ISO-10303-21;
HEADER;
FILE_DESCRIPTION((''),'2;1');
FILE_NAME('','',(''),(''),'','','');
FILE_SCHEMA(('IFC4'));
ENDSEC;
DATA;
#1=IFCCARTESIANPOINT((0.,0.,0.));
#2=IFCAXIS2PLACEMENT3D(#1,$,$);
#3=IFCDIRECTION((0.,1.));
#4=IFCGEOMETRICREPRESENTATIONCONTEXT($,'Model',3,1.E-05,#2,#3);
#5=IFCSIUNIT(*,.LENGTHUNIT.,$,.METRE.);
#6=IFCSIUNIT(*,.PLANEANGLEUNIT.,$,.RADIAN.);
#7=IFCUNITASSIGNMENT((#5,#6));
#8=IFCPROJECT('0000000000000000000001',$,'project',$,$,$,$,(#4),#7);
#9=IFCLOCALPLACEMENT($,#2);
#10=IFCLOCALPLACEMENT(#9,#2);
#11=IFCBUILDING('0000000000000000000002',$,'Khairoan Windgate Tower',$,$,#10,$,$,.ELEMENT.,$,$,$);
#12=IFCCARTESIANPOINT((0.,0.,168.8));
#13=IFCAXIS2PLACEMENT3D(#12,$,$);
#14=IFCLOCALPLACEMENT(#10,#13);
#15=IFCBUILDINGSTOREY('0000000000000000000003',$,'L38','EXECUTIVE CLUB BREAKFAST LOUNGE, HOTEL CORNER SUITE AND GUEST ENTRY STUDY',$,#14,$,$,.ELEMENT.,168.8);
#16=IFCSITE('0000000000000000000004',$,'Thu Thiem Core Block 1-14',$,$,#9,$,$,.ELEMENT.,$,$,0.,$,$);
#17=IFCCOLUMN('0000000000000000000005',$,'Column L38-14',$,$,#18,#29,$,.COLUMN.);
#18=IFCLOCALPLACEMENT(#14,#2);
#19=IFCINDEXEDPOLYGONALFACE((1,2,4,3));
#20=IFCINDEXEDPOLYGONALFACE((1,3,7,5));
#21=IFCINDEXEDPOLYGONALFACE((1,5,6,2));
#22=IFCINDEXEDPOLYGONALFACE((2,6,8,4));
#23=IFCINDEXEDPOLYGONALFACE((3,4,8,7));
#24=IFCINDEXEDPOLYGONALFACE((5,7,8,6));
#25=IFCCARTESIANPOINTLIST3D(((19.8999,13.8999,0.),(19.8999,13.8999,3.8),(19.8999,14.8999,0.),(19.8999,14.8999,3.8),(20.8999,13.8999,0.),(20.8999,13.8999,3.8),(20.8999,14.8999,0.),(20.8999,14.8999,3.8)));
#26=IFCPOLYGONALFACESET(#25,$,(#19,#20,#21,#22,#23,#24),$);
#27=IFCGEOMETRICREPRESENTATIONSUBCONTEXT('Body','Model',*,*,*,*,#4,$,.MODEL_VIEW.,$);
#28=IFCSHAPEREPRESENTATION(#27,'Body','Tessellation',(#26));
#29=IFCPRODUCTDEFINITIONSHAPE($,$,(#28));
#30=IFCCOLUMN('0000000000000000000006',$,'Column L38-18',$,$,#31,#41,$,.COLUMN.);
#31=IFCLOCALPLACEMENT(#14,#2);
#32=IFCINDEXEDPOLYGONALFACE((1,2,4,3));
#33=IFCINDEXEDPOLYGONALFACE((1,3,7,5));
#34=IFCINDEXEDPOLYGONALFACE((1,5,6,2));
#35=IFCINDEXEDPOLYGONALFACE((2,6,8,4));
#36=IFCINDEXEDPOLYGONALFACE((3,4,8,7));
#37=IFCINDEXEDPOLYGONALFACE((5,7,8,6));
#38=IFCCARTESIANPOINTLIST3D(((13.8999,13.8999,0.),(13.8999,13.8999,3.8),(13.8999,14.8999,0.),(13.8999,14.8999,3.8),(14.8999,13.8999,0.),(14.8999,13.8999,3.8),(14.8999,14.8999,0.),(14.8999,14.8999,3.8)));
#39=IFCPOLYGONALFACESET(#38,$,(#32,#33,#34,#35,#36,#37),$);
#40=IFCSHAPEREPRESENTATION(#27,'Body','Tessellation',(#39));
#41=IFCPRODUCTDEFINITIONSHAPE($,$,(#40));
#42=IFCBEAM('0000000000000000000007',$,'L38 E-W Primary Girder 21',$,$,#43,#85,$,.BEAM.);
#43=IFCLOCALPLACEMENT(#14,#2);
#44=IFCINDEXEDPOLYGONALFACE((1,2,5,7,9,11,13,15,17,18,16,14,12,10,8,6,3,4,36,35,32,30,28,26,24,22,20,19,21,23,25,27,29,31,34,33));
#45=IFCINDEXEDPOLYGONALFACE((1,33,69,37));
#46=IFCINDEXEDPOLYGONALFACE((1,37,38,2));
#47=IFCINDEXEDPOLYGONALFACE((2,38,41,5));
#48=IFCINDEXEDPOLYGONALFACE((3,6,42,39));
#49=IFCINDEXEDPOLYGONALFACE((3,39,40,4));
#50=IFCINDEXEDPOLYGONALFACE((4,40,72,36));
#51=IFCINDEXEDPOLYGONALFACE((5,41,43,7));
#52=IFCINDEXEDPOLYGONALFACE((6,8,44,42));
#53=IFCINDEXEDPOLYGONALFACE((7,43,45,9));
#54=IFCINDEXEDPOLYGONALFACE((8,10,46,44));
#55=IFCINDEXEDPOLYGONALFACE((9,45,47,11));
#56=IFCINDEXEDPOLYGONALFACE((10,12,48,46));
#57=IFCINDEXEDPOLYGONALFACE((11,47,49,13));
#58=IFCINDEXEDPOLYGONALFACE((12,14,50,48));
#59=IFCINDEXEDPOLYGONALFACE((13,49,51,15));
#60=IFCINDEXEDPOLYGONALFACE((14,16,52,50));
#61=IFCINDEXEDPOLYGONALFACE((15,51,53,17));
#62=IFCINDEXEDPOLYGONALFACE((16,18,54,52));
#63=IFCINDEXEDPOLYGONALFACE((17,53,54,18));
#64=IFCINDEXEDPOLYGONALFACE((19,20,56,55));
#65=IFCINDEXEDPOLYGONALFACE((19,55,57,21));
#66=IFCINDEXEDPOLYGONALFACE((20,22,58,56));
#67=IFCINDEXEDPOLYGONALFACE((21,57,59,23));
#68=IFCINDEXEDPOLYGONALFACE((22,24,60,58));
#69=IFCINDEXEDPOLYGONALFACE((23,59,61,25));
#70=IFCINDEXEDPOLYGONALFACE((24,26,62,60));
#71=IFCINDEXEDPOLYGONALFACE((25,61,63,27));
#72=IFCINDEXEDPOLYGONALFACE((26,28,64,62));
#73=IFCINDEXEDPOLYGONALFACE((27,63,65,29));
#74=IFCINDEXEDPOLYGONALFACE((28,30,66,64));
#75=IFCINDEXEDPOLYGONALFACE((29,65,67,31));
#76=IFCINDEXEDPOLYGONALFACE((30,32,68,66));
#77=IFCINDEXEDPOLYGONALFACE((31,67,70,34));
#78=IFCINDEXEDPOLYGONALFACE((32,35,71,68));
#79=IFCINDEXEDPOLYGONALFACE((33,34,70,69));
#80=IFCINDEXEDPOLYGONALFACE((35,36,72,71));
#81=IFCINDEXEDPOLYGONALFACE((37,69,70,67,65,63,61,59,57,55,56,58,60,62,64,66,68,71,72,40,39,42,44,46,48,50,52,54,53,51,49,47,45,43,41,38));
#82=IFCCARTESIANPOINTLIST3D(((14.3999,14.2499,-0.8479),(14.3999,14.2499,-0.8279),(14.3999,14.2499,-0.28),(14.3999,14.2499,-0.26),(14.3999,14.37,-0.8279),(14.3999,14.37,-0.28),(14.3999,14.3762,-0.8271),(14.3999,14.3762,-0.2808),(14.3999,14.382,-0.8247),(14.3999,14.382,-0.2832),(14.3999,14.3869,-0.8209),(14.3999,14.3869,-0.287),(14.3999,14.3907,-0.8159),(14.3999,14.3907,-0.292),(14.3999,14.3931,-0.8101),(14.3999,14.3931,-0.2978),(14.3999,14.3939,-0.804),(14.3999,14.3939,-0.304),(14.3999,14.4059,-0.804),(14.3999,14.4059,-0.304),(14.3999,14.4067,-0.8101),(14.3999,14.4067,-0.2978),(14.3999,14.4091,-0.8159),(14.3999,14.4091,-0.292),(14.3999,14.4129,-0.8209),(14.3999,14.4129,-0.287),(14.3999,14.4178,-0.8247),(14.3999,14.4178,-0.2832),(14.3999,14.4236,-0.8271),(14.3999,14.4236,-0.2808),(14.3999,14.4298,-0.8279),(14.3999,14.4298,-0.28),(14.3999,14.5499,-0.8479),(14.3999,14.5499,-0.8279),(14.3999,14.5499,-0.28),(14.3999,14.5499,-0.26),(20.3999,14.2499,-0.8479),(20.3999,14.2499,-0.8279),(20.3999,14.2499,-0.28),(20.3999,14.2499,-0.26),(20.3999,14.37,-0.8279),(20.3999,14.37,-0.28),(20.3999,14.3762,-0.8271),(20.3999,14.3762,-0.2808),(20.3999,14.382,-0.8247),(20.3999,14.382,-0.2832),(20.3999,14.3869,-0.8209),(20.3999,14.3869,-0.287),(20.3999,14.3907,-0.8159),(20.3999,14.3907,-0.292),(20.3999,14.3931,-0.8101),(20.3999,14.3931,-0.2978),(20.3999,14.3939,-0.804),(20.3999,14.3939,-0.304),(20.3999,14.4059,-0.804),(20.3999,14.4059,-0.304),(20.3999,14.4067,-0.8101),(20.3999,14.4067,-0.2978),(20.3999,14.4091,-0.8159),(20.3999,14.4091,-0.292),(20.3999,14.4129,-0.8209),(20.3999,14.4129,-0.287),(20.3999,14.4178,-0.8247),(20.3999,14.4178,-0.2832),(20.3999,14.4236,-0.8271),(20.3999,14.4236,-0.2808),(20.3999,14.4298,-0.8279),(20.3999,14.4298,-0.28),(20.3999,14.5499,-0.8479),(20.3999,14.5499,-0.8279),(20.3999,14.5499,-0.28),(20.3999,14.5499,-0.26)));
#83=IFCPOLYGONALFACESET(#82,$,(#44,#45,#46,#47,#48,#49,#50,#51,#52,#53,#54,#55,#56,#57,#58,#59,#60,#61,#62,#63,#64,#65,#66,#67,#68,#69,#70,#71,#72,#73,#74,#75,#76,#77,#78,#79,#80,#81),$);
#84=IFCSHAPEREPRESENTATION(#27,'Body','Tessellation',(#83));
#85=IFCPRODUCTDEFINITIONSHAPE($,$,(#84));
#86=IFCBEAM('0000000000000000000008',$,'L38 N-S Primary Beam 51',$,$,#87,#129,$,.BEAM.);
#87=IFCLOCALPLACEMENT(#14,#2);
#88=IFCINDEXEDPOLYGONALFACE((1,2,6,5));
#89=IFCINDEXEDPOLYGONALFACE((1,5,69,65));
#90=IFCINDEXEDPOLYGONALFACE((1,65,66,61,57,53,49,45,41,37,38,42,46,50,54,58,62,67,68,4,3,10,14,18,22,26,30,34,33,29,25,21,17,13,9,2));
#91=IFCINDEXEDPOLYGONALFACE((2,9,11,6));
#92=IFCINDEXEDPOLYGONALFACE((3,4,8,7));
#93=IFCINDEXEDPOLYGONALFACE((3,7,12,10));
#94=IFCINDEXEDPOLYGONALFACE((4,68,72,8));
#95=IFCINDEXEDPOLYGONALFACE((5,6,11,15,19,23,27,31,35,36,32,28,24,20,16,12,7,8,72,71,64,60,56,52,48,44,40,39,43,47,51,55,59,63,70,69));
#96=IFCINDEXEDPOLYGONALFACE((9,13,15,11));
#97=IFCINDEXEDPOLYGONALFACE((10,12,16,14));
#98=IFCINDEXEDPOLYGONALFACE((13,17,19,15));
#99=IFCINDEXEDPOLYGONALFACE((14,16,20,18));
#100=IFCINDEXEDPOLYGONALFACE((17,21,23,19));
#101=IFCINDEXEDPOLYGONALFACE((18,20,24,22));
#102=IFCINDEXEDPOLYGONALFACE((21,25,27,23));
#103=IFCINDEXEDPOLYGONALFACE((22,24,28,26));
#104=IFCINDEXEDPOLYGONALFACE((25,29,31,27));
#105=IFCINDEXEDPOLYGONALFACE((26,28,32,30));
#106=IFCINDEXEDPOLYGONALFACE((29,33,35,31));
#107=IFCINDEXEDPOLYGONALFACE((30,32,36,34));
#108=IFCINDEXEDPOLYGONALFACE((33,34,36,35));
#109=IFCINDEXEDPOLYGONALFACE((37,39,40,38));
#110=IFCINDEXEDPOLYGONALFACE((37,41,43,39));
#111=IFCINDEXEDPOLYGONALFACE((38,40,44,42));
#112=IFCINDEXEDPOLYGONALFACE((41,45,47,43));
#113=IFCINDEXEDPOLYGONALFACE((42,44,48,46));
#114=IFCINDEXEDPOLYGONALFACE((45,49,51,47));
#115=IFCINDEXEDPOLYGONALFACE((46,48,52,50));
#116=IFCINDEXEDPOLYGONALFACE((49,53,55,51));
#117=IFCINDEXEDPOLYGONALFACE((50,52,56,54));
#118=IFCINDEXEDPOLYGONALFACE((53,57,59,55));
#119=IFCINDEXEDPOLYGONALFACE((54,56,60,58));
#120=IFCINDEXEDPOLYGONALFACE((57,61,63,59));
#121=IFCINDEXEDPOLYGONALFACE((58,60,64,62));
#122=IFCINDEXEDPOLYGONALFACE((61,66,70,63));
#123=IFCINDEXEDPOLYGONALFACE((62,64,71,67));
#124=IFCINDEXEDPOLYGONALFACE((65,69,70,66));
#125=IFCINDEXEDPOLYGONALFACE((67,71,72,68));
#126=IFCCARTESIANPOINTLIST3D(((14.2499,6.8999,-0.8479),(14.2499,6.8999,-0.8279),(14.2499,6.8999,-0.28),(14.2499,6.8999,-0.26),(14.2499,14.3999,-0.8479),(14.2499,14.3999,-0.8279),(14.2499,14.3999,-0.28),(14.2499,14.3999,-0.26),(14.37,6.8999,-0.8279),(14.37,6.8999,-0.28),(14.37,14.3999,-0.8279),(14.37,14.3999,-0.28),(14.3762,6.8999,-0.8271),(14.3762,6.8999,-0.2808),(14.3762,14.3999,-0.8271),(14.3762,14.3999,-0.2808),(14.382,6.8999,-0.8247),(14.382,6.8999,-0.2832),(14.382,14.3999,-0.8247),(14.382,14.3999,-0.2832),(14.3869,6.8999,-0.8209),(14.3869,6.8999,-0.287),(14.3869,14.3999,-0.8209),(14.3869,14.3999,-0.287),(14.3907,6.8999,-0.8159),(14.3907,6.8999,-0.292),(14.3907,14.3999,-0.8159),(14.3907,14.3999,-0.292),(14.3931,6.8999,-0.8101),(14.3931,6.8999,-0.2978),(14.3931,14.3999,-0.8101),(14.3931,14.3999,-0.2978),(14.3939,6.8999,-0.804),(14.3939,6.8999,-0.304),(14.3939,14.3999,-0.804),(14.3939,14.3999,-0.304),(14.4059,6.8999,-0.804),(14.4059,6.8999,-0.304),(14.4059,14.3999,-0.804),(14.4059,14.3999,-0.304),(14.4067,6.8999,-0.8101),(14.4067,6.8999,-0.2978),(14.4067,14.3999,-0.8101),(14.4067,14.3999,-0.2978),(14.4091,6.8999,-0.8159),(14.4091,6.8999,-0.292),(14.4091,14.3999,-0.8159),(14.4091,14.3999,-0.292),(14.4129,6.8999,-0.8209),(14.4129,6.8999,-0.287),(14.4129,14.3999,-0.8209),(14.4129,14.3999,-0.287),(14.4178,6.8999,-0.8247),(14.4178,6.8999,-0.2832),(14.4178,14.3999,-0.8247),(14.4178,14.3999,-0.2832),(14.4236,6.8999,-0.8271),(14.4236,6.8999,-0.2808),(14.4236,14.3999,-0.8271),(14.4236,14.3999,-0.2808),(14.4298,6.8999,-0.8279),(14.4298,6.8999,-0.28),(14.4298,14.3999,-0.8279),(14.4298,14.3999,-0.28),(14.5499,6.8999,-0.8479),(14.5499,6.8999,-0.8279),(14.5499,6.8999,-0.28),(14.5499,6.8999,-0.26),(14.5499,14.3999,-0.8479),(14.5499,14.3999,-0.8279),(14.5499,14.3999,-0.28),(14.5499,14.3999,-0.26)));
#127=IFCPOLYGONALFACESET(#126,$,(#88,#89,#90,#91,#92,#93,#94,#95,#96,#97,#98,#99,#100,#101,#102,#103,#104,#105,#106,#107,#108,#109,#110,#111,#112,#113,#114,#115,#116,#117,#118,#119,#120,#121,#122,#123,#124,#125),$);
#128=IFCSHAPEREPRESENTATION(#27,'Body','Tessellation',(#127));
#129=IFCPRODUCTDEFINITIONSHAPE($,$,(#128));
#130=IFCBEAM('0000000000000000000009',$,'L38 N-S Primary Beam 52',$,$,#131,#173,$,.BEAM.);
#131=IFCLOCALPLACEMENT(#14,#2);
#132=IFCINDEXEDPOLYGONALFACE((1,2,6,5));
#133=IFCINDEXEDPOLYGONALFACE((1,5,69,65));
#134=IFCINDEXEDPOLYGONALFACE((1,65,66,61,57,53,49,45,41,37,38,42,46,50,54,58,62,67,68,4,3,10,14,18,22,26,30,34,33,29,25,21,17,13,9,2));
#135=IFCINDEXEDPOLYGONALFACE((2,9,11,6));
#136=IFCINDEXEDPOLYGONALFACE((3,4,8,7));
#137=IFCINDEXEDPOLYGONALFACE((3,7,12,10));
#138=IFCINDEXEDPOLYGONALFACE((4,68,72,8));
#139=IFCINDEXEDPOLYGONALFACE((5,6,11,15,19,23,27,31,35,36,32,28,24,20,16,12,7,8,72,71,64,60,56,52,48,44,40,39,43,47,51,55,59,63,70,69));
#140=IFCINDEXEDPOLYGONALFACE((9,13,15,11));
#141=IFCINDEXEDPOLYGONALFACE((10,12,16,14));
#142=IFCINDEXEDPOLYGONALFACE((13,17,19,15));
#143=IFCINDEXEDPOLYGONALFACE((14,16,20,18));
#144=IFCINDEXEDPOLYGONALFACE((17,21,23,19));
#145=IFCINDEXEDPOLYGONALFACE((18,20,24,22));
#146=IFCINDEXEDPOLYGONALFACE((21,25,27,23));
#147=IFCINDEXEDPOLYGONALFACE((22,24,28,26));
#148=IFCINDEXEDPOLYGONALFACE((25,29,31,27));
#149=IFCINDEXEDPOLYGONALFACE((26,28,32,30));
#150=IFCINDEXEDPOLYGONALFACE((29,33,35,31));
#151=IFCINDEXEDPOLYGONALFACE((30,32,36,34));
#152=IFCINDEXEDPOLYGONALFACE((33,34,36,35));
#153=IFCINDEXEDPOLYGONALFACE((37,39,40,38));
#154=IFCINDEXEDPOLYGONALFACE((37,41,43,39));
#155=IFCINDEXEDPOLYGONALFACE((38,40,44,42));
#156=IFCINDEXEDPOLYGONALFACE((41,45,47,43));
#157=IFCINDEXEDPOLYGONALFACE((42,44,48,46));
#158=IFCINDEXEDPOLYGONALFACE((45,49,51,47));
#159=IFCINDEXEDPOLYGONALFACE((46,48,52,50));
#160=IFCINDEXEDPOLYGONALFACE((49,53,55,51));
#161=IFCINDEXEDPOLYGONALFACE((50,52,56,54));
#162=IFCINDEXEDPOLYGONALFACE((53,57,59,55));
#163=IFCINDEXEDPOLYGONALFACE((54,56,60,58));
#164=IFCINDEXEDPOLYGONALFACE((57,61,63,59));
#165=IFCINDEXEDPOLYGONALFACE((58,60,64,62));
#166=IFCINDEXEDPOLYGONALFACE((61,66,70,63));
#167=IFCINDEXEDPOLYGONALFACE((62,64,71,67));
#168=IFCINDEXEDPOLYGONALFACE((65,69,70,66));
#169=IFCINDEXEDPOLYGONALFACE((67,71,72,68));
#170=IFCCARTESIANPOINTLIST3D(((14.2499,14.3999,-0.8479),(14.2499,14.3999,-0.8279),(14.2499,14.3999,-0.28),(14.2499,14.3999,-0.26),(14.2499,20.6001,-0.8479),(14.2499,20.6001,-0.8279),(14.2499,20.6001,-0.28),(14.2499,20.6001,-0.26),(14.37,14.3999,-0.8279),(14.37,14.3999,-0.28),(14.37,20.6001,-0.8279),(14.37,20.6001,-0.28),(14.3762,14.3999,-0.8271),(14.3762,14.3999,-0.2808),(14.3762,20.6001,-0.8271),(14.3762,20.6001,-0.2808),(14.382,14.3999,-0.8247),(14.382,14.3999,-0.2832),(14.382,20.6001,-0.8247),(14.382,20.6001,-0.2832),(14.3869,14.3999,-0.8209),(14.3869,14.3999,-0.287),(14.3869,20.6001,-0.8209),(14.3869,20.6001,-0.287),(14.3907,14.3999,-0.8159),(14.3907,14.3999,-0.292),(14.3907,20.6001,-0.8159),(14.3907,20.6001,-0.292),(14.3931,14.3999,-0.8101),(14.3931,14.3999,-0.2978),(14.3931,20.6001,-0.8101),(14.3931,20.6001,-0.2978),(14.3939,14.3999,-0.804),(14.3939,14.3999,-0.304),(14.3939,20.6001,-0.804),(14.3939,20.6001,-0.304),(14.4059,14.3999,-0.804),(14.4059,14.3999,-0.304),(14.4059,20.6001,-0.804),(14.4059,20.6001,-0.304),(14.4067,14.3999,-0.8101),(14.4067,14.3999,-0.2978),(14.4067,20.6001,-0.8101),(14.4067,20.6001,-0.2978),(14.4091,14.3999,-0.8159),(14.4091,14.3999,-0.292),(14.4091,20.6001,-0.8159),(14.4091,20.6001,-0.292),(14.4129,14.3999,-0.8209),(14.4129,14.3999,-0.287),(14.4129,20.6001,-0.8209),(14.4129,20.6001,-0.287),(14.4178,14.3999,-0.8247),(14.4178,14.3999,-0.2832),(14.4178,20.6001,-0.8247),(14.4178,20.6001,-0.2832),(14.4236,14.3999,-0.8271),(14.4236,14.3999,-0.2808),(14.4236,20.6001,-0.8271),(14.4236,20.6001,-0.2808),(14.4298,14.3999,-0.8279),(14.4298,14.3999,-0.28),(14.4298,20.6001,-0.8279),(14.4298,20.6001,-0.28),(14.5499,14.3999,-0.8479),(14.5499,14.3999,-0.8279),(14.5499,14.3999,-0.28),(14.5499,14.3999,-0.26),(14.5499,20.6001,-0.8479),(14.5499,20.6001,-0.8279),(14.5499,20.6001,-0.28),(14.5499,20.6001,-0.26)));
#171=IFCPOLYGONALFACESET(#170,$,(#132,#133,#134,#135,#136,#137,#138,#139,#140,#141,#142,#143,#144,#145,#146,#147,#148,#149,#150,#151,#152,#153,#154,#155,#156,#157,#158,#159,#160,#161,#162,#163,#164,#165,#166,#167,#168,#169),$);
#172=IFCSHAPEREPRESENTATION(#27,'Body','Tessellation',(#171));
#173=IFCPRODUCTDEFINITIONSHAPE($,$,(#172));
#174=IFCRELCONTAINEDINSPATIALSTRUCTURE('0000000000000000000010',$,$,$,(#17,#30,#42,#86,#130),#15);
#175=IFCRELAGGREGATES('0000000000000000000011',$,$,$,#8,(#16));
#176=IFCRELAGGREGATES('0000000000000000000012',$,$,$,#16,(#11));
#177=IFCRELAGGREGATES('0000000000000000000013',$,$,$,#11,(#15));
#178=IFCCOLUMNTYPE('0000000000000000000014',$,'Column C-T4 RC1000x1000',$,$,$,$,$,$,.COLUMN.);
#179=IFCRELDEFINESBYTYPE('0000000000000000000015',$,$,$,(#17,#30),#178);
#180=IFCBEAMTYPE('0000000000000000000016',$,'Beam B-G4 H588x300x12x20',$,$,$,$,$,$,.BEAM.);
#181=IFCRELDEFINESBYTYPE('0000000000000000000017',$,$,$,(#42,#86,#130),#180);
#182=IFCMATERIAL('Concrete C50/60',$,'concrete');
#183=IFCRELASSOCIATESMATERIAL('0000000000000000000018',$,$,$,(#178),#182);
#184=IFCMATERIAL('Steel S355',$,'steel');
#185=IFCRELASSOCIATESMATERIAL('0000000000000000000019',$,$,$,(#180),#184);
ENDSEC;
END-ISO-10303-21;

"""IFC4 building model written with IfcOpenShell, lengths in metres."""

from ifc_helpers import new_model, si_unit, direction, frame, origin, origin_2d, place, context, subcontext, project, spatial, rectangle, i_section, extrude, material, material_profile, profile_set, type_object, element, save


model = new_model("IFC4")

# Units and contexts
model_context = context("Model", 3, precision=1e-05, world=origin(), true_north=direction((0.0, 1.0)))
body_context = subcontext(model_context, "Body", "Model", "MODEL_VIEW")
ifc_project = project(units=[si_unit("LENGTHUNIT", "METRE"), si_unit("PLANEANGLEUNIT", "RADIAN")], contexts=[model_context])

# Site, building, storey
site_placement = place(None, origin())
site = spatial("IfcSite", under=ifc_project, at=site_placement, Name="Thu Thiem Core Block 1-14", CompositionType="ELEMENT", RefElevation=0.0)
building_placement = place(site_placement, origin())
building = spatial("IfcBuilding", under=site, at=building_placement, Name="Khairoan Windgate Tower", CompositionType="ELEMENT")
storey_placement = place(building_placement, frame((0.0, 0.0, 168.8)))
storey = spatial("IfcBuildingStorey", under=building, at=storey_placement, Name="L38", Description="EXECUTIVE CLUB BREAKFAST LOUNGE, HOTEL CORNER SUITE AND GUEST ENTRY STUDY", CompositionType="ELEMENT", Elevation=168.8)

# Columns
ifc_material_1 = material(Name="Concrete C50/60", Category="concrete")
ifc_material_profile_1 = material_profile(ifc_material_1, rectangle(XDim=1.0, YDim=1.0, at=origin_2d()))
ifc_profile_set_1 = profile_set([ifc_material_profile_1], Name="Concrete C50/60")
column_type = type_object("IfcColumnType", Name="Column C-T4 RC1000x1000", PredefinedType="COLUMN", material=ifc_profile_set_1)
for number, where, z_axis, x_axis, name in (
    (1, (20.3999, 14.3999, 0.0), (0.0, 0.0, 1.0), (1.0, 0.0, 0.0), "Column L38-14"),
    (2, (14.3999, 14.3999, 0.0), (0.0, 0.0, 1.0), (1.0, 0.0, 0.0), "Column L38-18"),
):
    element("IfcColumn", number, at=place(storey_placement, frame(where, z_axis=z_axis, x_axis=x_axis)), inside=storey, type_object=column_type, Name=name, PredefinedType="COLUMN", context=body_context, shape_type="SweptSolid", body=[
        extrude(rectangle(XDim=1.0, YDim=1.0, at=origin_2d()), origin(), (0.0, 0.0, 1.0), 3.8),
    ])

# Beams
ifc_material_2 = material(Name="Steel S355", Category="steel")
ifc_material_profile_2 = material_profile(ifc_material_2, i_section(OverallWidth=0.3, OverallDepth=0.5879, WebThickness=0.012, FlangeThickness=0.02, FilletRadius=0.0239, at=origin_2d()))
ifc_profile_set_2 = profile_set([ifc_material_profile_2], Name="Steel S355")
beam_type_1 = type_object("IfcBeamType", Name="Beam B-G4 H588x300x12x20", PredefinedType="BEAM", material=ifc_profile_set_2)
beam_1_placement = place(storey_placement, frame((14.3999, 14.3999, -0.554), z_axis=(1.0, 0.0, 0.0), x_axis=(0.0, 1.0, 0.0)))
element("IfcBeam", 3, at=beam_1_placement, inside=storey, type_object=beam_type_1, Name="L38 E-W Primary Girder 21", PredefinedType="BEAM", context=body_context, shape_type="SweptSolid", body=[
    extrude(i_section(OverallWidth=0.3, OverallDepth=0.5879, WebThickness=0.012, FlangeThickness=0.02, FilletRadius=0.0239, at=origin_2d()), origin(), (0.0, 0.0, 1.0), 6.0),
])
beam_2_placement = place(storey_placement, frame((14.3999, 6.8999, -0.554), z_axis=(0.0, 1.0, 0.0), x_axis=(-1.0, 0.0, 0.0)))
element("IfcBeam", 4, at=beam_2_placement, inside=storey, type_object=beam_type_1, Name="L38 N-S Primary Beam 51", PredefinedType="BEAM", context=body_context, shape_type="SweptSolid", body=[
    extrude(i_section(OverallWidth=0.3, OverallDepth=0.5879, WebThickness=0.012, FlangeThickness=0.02, FilletRadius=0.0239, at=origin_2d()), origin(), (0.0, 0.0, 1.0), 7.5),
])
beam_3_placement = place(storey_placement, frame((14.3999, 14.3999, -0.554), z_axis=(0.0, 1.0, 0.0), x_axis=(-1.0, 0.0, 0.0)))
element("IfcBeam", 5, at=beam_3_placement, inside=storey, type_object=beam_type_1, Name="L38 N-S Primary Beam 52", PredefinedType="BEAM", context=body_context, shape_type="SweptSolid", body=[
    extrude(i_section(OverallWidth=0.3, OverallDepth=0.5879, WebThickness=0.012, FlangeThickness=0.02, FilletRadius=0.0239, at=origin_2d()), origin(), (0.0, 0.0, 1.0), 6.2002),
])

save(model, "model.ifc")
